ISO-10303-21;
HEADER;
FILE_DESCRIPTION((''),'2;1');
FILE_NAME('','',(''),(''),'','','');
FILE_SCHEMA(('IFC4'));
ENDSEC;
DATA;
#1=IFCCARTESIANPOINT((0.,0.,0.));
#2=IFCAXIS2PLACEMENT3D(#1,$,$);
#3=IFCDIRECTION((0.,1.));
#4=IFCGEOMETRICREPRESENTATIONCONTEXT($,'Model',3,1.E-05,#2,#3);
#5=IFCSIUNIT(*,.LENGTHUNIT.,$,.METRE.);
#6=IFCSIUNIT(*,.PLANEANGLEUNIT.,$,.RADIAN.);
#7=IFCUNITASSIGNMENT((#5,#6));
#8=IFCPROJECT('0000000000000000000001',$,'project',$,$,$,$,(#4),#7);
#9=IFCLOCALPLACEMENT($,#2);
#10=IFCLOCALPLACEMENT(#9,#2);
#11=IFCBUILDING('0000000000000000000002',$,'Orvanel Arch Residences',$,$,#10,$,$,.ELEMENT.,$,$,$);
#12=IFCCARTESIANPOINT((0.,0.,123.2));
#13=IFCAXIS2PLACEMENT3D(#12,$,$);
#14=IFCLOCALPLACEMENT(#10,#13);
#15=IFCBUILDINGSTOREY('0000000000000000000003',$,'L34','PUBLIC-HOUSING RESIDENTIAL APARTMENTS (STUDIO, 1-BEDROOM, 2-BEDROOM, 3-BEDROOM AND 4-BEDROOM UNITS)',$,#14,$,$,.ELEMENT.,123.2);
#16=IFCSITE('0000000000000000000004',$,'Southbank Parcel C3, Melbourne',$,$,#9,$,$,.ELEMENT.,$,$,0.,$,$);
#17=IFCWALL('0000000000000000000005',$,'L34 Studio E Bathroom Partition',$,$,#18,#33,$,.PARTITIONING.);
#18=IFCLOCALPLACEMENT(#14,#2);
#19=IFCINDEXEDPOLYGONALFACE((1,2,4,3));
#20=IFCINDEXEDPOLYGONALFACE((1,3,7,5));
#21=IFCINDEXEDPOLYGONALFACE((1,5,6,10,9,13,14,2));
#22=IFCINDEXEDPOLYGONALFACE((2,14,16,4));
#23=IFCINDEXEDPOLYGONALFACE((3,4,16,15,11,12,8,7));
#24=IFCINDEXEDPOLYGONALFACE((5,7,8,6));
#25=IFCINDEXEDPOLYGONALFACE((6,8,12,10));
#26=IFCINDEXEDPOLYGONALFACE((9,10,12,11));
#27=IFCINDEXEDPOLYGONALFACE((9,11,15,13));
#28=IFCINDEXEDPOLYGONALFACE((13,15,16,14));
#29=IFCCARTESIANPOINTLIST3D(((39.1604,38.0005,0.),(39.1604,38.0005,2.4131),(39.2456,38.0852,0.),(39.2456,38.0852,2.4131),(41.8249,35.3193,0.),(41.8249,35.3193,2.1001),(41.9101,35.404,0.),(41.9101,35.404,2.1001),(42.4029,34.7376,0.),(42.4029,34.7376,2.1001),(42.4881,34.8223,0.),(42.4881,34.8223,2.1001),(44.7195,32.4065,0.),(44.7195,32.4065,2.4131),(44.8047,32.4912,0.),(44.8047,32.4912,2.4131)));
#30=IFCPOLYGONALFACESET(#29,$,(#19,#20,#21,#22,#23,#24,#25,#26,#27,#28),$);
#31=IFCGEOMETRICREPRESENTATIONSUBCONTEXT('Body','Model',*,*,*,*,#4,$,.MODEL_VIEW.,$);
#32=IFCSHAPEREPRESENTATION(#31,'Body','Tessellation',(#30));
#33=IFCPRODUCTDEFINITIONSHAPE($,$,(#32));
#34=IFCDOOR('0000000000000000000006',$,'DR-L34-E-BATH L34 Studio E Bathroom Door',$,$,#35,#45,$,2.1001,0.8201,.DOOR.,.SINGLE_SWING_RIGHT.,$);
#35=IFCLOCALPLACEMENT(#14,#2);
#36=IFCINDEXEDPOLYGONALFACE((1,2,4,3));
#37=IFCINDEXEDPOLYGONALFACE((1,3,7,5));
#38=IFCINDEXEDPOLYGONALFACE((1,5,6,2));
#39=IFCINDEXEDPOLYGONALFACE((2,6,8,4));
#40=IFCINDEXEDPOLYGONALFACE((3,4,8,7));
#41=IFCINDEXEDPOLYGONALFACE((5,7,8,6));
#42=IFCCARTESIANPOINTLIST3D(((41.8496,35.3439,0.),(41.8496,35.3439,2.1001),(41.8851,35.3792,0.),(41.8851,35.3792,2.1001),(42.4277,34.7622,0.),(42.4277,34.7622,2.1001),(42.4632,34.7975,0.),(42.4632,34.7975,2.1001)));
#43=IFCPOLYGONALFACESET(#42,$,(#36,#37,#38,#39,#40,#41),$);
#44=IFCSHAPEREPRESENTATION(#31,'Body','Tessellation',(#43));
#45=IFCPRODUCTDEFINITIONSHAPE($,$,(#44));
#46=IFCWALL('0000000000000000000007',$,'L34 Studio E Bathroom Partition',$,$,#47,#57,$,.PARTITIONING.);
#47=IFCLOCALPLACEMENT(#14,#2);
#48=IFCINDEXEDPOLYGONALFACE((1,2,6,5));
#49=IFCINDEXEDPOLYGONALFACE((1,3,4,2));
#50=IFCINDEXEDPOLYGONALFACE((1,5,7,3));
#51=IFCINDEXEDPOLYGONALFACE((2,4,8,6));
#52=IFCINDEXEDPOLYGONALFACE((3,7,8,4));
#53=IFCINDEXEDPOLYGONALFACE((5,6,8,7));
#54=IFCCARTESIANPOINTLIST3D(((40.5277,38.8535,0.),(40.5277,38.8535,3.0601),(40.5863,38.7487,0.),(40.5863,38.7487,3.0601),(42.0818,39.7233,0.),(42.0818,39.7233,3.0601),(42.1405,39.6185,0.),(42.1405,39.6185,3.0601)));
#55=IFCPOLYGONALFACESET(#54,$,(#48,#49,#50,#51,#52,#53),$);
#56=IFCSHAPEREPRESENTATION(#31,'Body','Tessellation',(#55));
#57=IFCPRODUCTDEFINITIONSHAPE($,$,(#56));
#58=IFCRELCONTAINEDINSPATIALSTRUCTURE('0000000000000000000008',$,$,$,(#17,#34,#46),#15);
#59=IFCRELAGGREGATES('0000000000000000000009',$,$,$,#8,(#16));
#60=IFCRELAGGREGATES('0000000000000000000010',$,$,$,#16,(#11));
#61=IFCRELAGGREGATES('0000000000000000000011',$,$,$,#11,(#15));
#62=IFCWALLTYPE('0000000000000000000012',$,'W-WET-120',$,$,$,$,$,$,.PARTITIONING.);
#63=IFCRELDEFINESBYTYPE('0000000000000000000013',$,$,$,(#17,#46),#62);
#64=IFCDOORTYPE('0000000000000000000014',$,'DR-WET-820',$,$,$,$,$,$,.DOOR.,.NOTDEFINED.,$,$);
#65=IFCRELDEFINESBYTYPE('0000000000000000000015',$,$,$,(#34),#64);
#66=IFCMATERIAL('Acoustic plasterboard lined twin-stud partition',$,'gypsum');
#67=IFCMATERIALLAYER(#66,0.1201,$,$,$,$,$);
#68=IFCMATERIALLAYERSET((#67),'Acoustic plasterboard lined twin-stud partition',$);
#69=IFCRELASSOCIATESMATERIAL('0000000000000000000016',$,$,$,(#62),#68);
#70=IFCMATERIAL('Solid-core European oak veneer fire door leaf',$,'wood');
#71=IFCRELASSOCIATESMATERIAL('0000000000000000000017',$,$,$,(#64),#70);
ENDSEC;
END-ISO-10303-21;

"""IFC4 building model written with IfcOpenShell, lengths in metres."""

from ifc_helpers import new_model, si_unit, direction, frame, frame_2d, origin, place, context, subcontext, project, spatial, rectangle, extrude, material, layer, layer_set, type_object, element, fill, save


model = new_model("IFC4")

# Units and contexts
model_context = context("Model", 3, precision=1e-05, world=origin(), true_north=direction((0.0, 1.0)))
body_context = subcontext(model_context, "Body", "Model", "MODEL_VIEW")
ifc_project = project(units=[si_unit("LENGTHUNIT", "METRE"), si_unit("PLANEANGLEUNIT", "RADIAN")], contexts=[model_context])

# Site, building, storey
site_placement = place(None, origin())
site = spatial("IfcSite", under=ifc_project, at=site_placement, Name="Southbank Parcel C3, Melbourne", CompositionType="ELEMENT", RefElevation=0.0)
building_placement = place(site_placement, origin())
building = spatial("IfcBuilding", under=site, at=building_placement, Name="Orvanel Arch Residences", CompositionType="ELEMENT")
storey_placement = place(building_placement, frame((0.0, 0.0, 123.2)))
storey = spatial("IfcBuildingStorey", under=building, at=storey_placement, Name="L34", Description="PUBLIC-HOUSING RESIDENTIAL APARTMENTS (STUDIO, 1-BEDROOM, 2-BEDROOM, 3-BEDROOM AND 4-BEDROOM UNITS)", CompositionType="ELEMENT", Elevation=123.2)

# Shared definitions
ifc_material_1 = material(Name="Acoustic plasterboard lined twin-stud partition", Category="gypsum")
ifc_layer_1 = layer(ifc_material_1, 0.1201)
ifc_layer_set_1 = layer_set([ifc_layer_1], Name="Acoustic plasterboard lined twin-stud partition")
wall_type_1 = type_object("IfcWallType", Name="W-WET-120", PredefinedType="PARTITIONING", material=ifc_layer_set_1)

# Wall, opening, door
wall_1_placement = place(storey_placement, frame((39.2029, 38.043, 0.0), z_axis=(0.0, 0.0, 1.0), x_axis=(0.70489, -0.709317, 0.0)))
wall_1 = element("IfcWall", 1, at=wall_1_placement, inside=storey, type_object=wall_type_1, Name="L34 Studio E Bathroom Partition", PredefinedType="PARTITIONING", context=body_context, shape_type="SweptSolid", body=[
    extrude(rectangle(XDim=7.8865, YDim=0.1201, at=frame_2d((3.9434, 0.0))), origin(), (0.0, 0.0, 1.0), 2.4131),
])
opening_1_placement = place(wall_1_placement, frame((3.78, 0.0, 0.0)))
opening_1 = element("IfcOpeningElement", 2, at=opening_1_placement, cuts=wall_1, PredefinedType="OPENING", context=body_context, shape_type="SweptSolid", body=[
    extrude(rectangle(XDim=0.8201, YDim=2.1001, at=frame_2d((0.4102, 1.05))), frame((0.0, 0.0701, 0.0), z_axis=(0.0, -1.0, 0.0), x_axis=(1.0, 0.0, 0.0)), (0.0, 0.0, 1.0), 0.1401),
])
ifc_material_2 = material(Name="Solid-core European oak veneer fire door leaf", Category="wood")
door_type_1 = type_object("IfcDoorType", Name="DR-WET-820", OperationType="NOTDEFINED", PredefinedType="DOOR", material=ifc_material_2)
door_1_placement = place(opening_1_placement, origin())
door_1 = element("IfcDoor", 3, at=door_1_placement, inside=storey, type_object=door_type_1, Name="DR-L34-E-BATH L34 Studio E Bathroom Door", OperationType="SINGLE_SWING_RIGHT", OverallHeight=2.1001, OverallWidth=0.8201, PredefinedType="DOOR", context=body_context, shape_type="SweptSolid", body=[
    extrude(rectangle(XDim=0.8201, YDim=2.1001, at=frame_2d((0.4102, 1.05))), frame((0.0, 0.0249, 0.0), z_axis=(0.0, -1.0, 0.0), x_axis=(1.0, 0.0, 0.0)), (0.0, 0.0, 1.0), 0.05),
])
fill(opening_1, door_1)

# Wall
wall_2_placement = place(storey_placement, frame((40.5569, 38.801, 0.0), z_axis=(0.0, 0.0, 1.0), x_axis=(0.872621, 0.488399, 0.0)))
element("IfcWall", 4, at=wall_2_placement, inside=storey, type_object=wall_type_1, Name="L34 Studio E Bathroom Partition", PredefinedType="PARTITIONING", context=body_context, shape_type="SweptSolid", body=[
    extrude(rectangle(XDim=1.781, YDim=0.1201, at=frame_2d((0.8906, 0.0))), origin(), (0.0, 0.0, 1.0), 3.0601),
])

save(model, "model.ifc")
